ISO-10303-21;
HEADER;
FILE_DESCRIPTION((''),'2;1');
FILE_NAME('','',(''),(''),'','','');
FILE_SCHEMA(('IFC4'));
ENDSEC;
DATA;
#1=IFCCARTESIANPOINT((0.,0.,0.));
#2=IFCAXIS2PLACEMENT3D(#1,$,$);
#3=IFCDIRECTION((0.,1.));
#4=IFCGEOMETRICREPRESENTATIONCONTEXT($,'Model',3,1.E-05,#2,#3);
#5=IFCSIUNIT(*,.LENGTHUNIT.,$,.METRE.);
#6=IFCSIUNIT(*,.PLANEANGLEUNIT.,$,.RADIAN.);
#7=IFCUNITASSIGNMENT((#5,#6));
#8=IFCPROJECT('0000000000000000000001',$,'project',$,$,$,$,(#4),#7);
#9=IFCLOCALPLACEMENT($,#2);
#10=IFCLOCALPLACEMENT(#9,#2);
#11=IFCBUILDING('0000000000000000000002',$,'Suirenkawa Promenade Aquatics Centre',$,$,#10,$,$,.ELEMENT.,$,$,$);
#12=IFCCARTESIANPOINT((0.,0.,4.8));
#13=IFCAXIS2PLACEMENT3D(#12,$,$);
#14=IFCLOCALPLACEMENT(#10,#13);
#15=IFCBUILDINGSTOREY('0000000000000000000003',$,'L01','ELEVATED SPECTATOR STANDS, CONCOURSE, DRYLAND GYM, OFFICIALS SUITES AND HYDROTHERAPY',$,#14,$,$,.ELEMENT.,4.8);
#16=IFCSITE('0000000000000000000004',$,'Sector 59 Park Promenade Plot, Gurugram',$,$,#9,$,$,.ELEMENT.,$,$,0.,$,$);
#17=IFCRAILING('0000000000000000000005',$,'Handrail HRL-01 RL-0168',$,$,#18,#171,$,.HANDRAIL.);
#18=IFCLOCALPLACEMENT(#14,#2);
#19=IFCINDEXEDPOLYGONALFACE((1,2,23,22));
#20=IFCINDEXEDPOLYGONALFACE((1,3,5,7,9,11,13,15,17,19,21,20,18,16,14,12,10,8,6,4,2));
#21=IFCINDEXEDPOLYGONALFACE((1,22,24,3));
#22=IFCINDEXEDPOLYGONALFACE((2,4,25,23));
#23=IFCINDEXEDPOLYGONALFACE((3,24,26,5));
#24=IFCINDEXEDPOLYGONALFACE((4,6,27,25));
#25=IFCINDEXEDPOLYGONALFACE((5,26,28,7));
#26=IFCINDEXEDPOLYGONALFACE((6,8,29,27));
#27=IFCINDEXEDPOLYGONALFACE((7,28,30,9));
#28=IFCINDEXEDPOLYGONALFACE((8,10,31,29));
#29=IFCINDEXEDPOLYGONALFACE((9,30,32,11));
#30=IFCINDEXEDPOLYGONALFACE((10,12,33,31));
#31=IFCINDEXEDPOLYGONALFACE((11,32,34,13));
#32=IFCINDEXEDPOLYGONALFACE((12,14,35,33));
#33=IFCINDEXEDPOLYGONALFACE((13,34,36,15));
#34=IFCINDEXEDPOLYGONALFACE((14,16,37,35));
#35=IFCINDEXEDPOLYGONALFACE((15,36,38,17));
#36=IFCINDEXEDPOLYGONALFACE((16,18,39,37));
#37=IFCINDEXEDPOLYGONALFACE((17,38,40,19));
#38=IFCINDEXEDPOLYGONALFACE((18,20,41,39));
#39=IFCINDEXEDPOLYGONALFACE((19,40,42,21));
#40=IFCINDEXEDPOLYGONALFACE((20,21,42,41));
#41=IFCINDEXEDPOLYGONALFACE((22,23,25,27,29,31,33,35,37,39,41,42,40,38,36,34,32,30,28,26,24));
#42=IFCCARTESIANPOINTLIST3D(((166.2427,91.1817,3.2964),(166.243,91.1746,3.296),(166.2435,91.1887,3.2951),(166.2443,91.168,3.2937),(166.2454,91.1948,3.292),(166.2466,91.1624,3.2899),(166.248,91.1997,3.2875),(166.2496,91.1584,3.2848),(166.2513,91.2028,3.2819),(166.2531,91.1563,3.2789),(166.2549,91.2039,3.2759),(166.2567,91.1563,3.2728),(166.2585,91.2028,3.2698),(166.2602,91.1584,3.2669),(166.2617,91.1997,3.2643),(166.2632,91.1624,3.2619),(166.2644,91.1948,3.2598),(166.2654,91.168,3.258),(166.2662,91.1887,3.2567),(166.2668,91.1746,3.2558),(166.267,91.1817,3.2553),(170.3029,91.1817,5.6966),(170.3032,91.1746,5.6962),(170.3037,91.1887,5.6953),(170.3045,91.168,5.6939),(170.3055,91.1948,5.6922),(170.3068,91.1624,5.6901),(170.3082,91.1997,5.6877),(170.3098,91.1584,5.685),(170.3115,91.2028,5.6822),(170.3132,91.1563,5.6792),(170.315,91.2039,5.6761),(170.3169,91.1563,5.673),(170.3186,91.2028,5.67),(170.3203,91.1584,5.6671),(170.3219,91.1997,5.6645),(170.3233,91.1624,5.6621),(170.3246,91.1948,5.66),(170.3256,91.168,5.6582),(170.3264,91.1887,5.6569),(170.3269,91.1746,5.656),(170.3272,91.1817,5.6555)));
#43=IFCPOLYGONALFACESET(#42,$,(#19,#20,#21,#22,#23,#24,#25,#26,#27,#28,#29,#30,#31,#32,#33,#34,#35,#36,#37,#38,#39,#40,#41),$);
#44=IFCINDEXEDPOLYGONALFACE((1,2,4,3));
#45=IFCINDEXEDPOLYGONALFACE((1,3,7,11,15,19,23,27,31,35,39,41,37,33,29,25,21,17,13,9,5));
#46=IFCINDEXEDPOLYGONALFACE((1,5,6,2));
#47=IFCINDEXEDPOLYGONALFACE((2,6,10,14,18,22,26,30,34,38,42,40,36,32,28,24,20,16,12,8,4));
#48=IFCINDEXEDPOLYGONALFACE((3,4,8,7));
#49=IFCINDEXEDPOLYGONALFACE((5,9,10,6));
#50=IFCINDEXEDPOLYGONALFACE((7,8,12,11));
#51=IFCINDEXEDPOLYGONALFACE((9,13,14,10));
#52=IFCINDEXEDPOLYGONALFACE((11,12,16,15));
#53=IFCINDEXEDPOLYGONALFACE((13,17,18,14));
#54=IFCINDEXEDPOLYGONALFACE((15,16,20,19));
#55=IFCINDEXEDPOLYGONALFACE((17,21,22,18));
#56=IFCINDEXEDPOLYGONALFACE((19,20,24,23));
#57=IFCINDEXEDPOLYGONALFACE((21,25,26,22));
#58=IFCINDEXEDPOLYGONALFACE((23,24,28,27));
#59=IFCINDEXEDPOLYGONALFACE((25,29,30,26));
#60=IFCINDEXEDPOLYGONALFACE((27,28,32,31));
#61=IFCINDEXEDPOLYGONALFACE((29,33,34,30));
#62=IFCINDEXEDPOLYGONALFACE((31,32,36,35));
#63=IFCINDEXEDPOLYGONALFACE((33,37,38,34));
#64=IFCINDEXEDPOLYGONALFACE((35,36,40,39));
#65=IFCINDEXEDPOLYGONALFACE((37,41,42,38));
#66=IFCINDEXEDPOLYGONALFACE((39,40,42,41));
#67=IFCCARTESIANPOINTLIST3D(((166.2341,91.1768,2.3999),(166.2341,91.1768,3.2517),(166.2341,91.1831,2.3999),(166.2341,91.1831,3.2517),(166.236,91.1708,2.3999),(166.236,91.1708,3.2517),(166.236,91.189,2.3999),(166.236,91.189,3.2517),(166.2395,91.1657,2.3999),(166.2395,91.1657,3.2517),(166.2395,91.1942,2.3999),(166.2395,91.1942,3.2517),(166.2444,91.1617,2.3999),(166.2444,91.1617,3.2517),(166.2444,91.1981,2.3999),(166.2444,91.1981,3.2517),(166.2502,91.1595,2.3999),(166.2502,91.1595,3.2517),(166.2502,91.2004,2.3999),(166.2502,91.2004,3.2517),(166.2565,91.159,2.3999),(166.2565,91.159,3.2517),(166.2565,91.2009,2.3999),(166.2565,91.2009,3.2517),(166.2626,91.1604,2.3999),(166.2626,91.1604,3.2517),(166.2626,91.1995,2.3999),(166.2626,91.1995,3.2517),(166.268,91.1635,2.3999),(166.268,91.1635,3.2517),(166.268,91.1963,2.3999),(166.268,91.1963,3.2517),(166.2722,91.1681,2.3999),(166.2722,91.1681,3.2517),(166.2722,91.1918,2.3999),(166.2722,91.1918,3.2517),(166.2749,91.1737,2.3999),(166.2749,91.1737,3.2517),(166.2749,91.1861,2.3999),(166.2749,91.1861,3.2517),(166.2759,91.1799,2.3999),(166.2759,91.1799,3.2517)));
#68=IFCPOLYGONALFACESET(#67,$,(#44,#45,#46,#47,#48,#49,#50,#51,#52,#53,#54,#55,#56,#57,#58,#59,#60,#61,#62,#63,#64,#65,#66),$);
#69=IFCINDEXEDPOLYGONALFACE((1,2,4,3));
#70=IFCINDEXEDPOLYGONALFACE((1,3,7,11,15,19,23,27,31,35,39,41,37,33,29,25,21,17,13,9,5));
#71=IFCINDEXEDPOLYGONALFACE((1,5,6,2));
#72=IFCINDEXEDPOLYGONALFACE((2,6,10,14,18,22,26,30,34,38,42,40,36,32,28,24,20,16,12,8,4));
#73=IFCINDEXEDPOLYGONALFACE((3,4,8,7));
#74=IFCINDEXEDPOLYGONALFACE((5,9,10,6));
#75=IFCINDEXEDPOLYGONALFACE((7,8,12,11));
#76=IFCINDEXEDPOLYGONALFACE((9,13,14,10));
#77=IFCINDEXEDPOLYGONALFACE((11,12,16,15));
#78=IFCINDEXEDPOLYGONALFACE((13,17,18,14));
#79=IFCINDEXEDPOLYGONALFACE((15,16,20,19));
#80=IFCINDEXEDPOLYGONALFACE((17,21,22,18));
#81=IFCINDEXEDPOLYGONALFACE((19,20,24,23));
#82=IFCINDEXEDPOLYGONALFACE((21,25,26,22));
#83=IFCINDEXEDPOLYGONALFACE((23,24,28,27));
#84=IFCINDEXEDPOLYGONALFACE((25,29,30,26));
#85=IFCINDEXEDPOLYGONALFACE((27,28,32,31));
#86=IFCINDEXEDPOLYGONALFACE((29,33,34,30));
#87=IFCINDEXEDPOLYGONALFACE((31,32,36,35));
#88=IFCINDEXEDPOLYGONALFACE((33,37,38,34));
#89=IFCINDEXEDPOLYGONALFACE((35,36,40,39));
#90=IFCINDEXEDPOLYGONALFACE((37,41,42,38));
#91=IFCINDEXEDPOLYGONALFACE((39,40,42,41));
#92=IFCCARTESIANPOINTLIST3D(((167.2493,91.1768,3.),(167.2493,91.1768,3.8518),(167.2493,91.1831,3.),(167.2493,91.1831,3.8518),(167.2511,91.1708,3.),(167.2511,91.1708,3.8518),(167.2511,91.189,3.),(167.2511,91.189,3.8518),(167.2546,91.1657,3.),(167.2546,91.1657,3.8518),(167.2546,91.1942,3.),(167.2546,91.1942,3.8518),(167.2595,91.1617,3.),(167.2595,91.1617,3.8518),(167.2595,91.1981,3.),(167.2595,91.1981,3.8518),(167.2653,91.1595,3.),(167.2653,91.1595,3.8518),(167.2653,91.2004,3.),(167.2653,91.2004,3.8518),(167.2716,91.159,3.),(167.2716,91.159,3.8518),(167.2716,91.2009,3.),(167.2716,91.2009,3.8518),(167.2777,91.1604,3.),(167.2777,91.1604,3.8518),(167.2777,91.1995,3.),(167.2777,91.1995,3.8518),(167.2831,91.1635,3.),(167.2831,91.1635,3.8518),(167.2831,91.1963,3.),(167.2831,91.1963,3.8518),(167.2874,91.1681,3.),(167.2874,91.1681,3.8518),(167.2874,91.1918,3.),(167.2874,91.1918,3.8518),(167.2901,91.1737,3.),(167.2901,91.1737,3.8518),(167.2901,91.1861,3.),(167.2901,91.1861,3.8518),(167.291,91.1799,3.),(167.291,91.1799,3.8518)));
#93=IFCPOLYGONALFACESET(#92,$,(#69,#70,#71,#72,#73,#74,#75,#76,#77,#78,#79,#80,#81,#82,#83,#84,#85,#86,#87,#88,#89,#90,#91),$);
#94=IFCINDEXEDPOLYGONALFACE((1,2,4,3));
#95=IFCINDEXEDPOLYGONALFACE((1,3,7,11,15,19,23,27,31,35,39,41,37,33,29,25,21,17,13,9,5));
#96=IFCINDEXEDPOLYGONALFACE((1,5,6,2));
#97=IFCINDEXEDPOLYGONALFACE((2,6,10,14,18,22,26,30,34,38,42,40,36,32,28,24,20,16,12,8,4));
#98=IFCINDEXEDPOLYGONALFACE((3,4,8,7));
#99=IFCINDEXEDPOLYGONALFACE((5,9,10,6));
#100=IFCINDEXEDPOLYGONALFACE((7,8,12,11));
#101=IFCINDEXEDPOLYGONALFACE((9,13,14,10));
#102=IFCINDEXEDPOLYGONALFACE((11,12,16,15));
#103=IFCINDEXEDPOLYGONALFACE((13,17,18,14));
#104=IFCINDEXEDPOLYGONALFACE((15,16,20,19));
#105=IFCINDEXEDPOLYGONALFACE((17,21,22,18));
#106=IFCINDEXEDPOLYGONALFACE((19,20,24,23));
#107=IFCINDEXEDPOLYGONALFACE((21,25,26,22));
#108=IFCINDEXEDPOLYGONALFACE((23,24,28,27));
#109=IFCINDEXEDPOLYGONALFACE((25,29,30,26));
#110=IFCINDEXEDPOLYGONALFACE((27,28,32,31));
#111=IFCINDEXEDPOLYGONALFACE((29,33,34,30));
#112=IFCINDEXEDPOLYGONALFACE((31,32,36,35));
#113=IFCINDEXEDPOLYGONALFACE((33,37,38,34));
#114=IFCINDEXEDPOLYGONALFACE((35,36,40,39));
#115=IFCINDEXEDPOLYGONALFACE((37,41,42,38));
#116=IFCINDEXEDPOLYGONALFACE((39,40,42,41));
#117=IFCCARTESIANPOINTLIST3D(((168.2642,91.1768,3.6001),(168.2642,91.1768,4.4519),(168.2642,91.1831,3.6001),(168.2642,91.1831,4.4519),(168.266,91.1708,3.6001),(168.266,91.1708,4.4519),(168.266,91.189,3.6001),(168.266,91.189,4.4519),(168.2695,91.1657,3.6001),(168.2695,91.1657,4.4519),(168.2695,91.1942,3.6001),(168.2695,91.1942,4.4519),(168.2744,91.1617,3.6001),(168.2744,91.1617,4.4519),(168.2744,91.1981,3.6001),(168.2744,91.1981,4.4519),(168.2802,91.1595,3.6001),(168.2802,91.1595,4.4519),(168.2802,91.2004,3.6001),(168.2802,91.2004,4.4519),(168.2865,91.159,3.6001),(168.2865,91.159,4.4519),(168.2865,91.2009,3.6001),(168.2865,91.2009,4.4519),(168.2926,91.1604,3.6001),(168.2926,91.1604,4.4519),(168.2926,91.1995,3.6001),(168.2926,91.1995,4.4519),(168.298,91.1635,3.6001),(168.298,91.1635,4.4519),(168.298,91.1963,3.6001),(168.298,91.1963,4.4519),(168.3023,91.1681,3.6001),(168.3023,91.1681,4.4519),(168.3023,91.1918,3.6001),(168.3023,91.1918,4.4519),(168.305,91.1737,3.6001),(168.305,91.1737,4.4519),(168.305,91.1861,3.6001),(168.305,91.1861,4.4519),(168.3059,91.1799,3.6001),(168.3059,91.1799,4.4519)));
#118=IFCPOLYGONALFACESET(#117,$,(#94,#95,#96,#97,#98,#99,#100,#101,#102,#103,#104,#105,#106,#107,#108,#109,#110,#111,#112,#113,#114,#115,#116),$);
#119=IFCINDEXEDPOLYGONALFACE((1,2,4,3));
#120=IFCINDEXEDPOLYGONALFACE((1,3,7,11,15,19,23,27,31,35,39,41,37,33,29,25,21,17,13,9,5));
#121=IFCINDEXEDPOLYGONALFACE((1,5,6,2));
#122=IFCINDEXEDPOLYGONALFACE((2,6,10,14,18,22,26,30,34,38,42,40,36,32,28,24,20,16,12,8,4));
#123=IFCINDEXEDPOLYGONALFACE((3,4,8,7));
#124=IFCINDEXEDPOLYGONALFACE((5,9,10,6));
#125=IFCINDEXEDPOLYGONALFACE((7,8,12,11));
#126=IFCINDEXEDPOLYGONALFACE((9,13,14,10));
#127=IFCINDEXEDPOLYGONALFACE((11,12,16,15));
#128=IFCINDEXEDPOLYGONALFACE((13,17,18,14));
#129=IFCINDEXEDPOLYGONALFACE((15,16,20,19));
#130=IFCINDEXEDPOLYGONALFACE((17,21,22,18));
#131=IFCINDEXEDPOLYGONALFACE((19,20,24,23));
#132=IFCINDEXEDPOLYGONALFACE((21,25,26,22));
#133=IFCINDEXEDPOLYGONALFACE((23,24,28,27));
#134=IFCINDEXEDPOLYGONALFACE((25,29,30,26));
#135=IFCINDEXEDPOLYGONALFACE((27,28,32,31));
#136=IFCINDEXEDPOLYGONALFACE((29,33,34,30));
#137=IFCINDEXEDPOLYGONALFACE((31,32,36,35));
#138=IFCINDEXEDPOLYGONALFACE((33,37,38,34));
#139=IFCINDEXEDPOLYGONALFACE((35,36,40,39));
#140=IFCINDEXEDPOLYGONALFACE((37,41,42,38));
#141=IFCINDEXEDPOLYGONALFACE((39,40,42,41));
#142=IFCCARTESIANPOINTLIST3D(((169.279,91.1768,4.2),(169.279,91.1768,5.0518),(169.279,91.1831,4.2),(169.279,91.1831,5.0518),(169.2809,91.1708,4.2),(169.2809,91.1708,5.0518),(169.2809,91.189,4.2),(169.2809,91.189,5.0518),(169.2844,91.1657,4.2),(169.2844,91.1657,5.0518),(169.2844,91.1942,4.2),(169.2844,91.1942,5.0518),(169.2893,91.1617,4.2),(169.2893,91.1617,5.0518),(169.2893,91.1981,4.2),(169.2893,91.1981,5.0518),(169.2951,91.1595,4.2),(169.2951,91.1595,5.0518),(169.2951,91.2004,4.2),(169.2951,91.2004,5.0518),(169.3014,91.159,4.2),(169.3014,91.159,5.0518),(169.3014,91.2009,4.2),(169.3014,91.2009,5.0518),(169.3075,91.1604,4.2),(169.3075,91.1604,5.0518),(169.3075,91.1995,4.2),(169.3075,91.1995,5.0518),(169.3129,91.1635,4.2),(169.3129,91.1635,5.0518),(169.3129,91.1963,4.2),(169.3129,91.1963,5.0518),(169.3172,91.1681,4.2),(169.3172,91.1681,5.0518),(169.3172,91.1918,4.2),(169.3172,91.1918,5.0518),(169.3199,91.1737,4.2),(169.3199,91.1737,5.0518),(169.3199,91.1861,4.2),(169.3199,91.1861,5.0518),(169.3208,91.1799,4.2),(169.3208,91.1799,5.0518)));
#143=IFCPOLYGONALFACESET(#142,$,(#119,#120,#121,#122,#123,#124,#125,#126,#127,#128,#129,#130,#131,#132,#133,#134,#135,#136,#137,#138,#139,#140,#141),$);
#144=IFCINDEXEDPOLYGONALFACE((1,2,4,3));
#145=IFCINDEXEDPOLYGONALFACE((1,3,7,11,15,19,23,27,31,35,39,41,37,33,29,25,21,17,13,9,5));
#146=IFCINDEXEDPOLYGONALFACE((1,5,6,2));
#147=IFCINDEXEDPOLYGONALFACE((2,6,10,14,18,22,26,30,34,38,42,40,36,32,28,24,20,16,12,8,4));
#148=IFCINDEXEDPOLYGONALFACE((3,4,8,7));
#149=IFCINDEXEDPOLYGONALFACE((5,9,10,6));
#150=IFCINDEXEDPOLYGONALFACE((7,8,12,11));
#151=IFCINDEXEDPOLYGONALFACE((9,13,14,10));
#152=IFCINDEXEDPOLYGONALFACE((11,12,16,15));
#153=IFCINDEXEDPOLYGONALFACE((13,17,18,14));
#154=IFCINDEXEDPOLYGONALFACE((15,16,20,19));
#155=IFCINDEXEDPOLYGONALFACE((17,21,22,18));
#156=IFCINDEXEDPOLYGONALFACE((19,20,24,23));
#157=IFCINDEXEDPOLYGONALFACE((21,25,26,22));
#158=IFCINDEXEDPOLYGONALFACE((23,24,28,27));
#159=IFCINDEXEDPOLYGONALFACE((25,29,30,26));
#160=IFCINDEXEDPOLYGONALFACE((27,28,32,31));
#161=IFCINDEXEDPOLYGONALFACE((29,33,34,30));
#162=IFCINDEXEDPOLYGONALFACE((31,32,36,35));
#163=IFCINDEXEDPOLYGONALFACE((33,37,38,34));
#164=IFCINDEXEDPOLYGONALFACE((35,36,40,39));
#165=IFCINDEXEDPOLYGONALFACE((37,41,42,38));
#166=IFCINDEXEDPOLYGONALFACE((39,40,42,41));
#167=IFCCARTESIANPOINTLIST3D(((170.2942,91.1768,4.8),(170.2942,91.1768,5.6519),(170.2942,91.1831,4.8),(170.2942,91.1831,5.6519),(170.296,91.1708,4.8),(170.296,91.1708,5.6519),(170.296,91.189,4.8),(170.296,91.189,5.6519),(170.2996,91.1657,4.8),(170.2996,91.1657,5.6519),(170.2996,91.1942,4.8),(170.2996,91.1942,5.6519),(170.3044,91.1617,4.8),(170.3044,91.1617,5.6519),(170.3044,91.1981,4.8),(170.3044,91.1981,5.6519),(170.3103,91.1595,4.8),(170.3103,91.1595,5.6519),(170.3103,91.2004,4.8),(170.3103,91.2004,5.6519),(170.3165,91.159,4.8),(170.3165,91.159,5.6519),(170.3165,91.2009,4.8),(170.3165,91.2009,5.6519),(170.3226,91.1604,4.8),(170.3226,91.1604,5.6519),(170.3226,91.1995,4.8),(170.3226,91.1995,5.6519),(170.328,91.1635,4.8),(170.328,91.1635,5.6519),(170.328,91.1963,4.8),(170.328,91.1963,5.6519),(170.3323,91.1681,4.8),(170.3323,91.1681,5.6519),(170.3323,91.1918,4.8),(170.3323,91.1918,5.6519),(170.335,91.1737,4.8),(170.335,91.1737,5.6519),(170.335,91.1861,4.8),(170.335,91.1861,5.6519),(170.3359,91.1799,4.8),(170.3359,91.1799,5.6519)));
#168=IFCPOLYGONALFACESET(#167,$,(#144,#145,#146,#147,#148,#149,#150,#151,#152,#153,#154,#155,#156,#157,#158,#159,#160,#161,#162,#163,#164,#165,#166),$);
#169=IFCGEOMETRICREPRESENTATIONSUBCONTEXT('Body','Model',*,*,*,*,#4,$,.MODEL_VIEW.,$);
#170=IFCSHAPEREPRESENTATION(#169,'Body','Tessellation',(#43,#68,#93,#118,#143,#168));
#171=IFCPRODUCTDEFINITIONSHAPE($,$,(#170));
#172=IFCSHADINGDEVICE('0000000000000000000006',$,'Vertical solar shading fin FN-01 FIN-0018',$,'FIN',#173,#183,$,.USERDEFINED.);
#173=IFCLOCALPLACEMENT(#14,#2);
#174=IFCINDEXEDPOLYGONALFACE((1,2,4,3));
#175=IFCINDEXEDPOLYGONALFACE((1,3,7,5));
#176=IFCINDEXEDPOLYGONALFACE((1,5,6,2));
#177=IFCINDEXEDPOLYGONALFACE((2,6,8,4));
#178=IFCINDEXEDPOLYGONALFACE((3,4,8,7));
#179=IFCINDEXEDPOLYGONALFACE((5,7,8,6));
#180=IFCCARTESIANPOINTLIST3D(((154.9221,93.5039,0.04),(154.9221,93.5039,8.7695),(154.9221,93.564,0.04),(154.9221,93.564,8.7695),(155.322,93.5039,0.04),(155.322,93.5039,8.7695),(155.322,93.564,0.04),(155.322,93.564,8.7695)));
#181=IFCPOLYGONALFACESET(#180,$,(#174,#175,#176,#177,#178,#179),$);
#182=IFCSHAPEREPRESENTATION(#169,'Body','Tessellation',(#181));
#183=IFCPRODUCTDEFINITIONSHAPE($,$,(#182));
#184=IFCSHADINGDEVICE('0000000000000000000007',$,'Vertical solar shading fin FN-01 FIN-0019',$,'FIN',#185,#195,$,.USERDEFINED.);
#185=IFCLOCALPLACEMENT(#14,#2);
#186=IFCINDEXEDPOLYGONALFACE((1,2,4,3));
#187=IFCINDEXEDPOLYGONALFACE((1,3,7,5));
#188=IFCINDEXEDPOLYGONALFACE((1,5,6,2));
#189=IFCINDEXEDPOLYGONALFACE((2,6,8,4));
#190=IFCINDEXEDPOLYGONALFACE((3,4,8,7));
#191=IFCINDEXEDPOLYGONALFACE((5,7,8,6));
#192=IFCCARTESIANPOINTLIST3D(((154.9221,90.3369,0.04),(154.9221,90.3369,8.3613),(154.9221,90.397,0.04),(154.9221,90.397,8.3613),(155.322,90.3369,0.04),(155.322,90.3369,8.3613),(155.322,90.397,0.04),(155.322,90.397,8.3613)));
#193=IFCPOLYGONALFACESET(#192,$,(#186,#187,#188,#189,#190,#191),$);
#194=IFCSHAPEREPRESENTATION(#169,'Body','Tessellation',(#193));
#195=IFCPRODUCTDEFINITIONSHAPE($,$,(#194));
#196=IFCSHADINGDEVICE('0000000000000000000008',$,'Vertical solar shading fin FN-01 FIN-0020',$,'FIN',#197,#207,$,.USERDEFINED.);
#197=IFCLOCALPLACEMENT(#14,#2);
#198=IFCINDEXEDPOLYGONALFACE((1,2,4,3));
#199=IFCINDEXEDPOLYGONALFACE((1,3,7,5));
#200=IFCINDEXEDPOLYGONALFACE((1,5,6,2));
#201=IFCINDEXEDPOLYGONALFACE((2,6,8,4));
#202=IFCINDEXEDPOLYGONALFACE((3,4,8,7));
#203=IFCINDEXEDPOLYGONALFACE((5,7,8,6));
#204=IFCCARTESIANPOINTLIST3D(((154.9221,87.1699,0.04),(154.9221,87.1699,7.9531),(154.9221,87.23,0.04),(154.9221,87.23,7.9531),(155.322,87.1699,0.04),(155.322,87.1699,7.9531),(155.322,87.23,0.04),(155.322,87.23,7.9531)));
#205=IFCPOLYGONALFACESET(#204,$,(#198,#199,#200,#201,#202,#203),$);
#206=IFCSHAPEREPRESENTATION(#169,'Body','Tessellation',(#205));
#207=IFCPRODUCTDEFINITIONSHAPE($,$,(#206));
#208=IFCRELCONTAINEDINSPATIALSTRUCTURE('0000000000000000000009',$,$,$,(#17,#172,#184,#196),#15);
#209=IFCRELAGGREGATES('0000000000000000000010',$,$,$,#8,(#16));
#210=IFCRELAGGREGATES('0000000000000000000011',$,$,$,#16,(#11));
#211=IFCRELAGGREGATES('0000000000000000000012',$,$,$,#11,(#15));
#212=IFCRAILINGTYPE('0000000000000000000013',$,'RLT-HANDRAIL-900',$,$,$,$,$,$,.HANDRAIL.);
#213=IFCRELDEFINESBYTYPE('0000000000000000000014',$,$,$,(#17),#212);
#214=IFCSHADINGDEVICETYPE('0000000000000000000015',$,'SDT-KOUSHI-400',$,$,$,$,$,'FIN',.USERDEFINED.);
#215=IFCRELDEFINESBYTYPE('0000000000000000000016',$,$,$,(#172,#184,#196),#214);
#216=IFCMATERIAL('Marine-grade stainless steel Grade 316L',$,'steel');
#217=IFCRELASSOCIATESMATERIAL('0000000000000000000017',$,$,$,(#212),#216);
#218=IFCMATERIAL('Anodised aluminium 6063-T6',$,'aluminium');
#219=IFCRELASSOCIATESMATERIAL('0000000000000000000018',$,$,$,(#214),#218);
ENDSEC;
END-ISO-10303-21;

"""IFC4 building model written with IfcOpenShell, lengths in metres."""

from ifc_helpers import new_model, si_unit, direction, frame, origin, origin_2d, place, context, subcontext, project, spatial, rectangle, circle, extrude, material, type_object, element, save


model = new_model("IFC4")

# Units and contexts
model_context = context("Model", 3, precision=1e-05, world=origin(), true_north=direction((0.0, 1.0)))
body_context = subcontext(model_context, "Body", "Model", "MODEL_VIEW")
ifc_project = project(units=[si_unit("LENGTHUNIT", "METRE"), si_unit("PLANEANGLEUNIT", "RADIAN")], contexts=[model_context])

# Site, building, storey
site_placement = place(None, origin())
site = spatial("IfcSite", under=ifc_project, at=site_placement, Name="Sector 59 Park Promenade Plot, Gurugram", CompositionType="ELEMENT", RefElevation=0.0)
building_placement = place(site_placement, origin())
building = spatial("IfcBuilding", under=site, at=building_placement, Name="Suirenkawa Promenade Aquatics Centre", CompositionType="ELEMENT")
storey_placement = place(building_placement, frame((0.0, 0.0, 4.8)))
storey = spatial("IfcBuildingStorey", under=building, at=storey_placement, Name="L01", Description="ELEVATED SPECTATOR STANDS, CONCOURSE, DRYLAND GYM, OFFICIALS SUITES AND HYDROTHERAPY", CompositionType="ELEMENT", Elevation=4.8)

# Shared definitions
ifc_material_1 = material(Name="Anodised aluminium 6063-T6", Category="aluminium")

# Railing
ifc_material_2 = material(Name="Marine-grade stainless steel Grade 316L", Category="steel")
railing_type_1 = type_object("IfcRailingType", Name="RLT-HANDRAIL-900", PredefinedType="HANDRAIL", material=ifc_material_2)
for number, where, name in (
    (1, (166.2549, 91.1799, 2.3999), "Handrail HRL-01 RL-0168"),
):
    element("IfcRailing", number, at=place(storey_placement, frame(where)), inside=storey, type_object=railing_type_1, Name=name, PredefinedType="HANDRAIL", context=body_context, shape_type="SweptSolid", body=[
        extrude(circle(Radius=0.0239, at=origin_2d()), frame((0.0, 0.0, 0.876), z_axis=(0.860832, 0.0, 0.50889), x_axis=(0.0, 1.0, 0.0)), (0.0, 0.0, 1.0), 4.7166),
        extrude(circle(Radius=0.021, at=origin_2d()), origin(), (0.0, 0.0, 1.0), 0.8518),
        extrude(circle(Radius=0.021, at=origin_2d()), frame((1.0151, 0.0, 0.6001)), (0.0, 0.0, 1.0), 0.8518),
        extrude(circle(Radius=0.021, at=origin_2d()), frame((2.03, 0.0, 1.2002)), (0.0, 0.0, 1.0), 0.8518),
        extrude(circle(Radius=0.021, at=origin_2d()), frame((3.0449, 0.0, 1.8)), (0.0, 0.0, 1.0), 0.8518),
        extrude(circle(Radius=0.021, at=origin_2d()), frame((4.0601, 0.0, 2.4001)), (0.0, 0.0, 1.0), 0.8518),
    ])

# Shading devices
shading_device_type = type_object("IfcShadingDeviceType", Name="SDT-KOUSHI-400", ElementType="FIN", PredefinedType="USERDEFINED", material=ifc_material_1)
shading_device_1_placement = place(storey_placement, frame((155.1221, 93.5339, 0.04), z_axis=(0.0, 0.0, 1.0), x_axis=(1.0, 0.0, 0.0)))
element("IfcShadingDevice", 2, at=shading_device_1_placement, inside=storey, type_object=shading_device_type, Name="Vertical solar shading fin FN-01 FIN-0018", ObjectType="FIN", PredefinedType="USERDEFINED", context=body_context, shape_type="SweptSolid", body=[
    extrude(rectangle(XDim=0.3999, YDim=0.0601, at=origin_2d()), origin(), (0.0, 0.0, 1.0), 8.7295),
])
shading_device_2_placement = place(storey_placement, frame((155.1221, 90.3669, 0.04), z_axis=(0.0, 0.0, 1.0), x_axis=(1.0, 0.0, 0.0)))
element("IfcShadingDevice", 3, at=shading_device_2_placement, inside=storey, type_object=shading_device_type, Name="Vertical solar shading fin FN-01 FIN-0019", ObjectType="FIN", PredefinedType="USERDEFINED", context=body_context, shape_type="SweptSolid", body=[
    extrude(rectangle(XDim=0.3999, YDim=0.0601, at=origin_2d()), origin(), (0.0, 0.0, 1.0), 8.3213),
])
shading_device_3_placement = place(storey_placement, frame((155.1221, 87.2, 0.04), z_axis=(0.0, 0.0, 1.0), x_axis=(1.0, 0.0, 0.0)))
element("IfcShadingDevice", 4, at=shading_device_3_placement, inside=storey, type_object=shading_device_type, Name="Vertical solar shading fin FN-01 FIN-0020", ObjectType="FIN", PredefinedType="USERDEFINED", context=body_context, shape_type="SweptSolid", body=[
    extrude(rectangle(XDim=0.3999, YDim=0.0601, at=origin_2d()), origin(), (0.0, 0.0, 1.0), 7.9131),
])

save(model, "model.ifc")
